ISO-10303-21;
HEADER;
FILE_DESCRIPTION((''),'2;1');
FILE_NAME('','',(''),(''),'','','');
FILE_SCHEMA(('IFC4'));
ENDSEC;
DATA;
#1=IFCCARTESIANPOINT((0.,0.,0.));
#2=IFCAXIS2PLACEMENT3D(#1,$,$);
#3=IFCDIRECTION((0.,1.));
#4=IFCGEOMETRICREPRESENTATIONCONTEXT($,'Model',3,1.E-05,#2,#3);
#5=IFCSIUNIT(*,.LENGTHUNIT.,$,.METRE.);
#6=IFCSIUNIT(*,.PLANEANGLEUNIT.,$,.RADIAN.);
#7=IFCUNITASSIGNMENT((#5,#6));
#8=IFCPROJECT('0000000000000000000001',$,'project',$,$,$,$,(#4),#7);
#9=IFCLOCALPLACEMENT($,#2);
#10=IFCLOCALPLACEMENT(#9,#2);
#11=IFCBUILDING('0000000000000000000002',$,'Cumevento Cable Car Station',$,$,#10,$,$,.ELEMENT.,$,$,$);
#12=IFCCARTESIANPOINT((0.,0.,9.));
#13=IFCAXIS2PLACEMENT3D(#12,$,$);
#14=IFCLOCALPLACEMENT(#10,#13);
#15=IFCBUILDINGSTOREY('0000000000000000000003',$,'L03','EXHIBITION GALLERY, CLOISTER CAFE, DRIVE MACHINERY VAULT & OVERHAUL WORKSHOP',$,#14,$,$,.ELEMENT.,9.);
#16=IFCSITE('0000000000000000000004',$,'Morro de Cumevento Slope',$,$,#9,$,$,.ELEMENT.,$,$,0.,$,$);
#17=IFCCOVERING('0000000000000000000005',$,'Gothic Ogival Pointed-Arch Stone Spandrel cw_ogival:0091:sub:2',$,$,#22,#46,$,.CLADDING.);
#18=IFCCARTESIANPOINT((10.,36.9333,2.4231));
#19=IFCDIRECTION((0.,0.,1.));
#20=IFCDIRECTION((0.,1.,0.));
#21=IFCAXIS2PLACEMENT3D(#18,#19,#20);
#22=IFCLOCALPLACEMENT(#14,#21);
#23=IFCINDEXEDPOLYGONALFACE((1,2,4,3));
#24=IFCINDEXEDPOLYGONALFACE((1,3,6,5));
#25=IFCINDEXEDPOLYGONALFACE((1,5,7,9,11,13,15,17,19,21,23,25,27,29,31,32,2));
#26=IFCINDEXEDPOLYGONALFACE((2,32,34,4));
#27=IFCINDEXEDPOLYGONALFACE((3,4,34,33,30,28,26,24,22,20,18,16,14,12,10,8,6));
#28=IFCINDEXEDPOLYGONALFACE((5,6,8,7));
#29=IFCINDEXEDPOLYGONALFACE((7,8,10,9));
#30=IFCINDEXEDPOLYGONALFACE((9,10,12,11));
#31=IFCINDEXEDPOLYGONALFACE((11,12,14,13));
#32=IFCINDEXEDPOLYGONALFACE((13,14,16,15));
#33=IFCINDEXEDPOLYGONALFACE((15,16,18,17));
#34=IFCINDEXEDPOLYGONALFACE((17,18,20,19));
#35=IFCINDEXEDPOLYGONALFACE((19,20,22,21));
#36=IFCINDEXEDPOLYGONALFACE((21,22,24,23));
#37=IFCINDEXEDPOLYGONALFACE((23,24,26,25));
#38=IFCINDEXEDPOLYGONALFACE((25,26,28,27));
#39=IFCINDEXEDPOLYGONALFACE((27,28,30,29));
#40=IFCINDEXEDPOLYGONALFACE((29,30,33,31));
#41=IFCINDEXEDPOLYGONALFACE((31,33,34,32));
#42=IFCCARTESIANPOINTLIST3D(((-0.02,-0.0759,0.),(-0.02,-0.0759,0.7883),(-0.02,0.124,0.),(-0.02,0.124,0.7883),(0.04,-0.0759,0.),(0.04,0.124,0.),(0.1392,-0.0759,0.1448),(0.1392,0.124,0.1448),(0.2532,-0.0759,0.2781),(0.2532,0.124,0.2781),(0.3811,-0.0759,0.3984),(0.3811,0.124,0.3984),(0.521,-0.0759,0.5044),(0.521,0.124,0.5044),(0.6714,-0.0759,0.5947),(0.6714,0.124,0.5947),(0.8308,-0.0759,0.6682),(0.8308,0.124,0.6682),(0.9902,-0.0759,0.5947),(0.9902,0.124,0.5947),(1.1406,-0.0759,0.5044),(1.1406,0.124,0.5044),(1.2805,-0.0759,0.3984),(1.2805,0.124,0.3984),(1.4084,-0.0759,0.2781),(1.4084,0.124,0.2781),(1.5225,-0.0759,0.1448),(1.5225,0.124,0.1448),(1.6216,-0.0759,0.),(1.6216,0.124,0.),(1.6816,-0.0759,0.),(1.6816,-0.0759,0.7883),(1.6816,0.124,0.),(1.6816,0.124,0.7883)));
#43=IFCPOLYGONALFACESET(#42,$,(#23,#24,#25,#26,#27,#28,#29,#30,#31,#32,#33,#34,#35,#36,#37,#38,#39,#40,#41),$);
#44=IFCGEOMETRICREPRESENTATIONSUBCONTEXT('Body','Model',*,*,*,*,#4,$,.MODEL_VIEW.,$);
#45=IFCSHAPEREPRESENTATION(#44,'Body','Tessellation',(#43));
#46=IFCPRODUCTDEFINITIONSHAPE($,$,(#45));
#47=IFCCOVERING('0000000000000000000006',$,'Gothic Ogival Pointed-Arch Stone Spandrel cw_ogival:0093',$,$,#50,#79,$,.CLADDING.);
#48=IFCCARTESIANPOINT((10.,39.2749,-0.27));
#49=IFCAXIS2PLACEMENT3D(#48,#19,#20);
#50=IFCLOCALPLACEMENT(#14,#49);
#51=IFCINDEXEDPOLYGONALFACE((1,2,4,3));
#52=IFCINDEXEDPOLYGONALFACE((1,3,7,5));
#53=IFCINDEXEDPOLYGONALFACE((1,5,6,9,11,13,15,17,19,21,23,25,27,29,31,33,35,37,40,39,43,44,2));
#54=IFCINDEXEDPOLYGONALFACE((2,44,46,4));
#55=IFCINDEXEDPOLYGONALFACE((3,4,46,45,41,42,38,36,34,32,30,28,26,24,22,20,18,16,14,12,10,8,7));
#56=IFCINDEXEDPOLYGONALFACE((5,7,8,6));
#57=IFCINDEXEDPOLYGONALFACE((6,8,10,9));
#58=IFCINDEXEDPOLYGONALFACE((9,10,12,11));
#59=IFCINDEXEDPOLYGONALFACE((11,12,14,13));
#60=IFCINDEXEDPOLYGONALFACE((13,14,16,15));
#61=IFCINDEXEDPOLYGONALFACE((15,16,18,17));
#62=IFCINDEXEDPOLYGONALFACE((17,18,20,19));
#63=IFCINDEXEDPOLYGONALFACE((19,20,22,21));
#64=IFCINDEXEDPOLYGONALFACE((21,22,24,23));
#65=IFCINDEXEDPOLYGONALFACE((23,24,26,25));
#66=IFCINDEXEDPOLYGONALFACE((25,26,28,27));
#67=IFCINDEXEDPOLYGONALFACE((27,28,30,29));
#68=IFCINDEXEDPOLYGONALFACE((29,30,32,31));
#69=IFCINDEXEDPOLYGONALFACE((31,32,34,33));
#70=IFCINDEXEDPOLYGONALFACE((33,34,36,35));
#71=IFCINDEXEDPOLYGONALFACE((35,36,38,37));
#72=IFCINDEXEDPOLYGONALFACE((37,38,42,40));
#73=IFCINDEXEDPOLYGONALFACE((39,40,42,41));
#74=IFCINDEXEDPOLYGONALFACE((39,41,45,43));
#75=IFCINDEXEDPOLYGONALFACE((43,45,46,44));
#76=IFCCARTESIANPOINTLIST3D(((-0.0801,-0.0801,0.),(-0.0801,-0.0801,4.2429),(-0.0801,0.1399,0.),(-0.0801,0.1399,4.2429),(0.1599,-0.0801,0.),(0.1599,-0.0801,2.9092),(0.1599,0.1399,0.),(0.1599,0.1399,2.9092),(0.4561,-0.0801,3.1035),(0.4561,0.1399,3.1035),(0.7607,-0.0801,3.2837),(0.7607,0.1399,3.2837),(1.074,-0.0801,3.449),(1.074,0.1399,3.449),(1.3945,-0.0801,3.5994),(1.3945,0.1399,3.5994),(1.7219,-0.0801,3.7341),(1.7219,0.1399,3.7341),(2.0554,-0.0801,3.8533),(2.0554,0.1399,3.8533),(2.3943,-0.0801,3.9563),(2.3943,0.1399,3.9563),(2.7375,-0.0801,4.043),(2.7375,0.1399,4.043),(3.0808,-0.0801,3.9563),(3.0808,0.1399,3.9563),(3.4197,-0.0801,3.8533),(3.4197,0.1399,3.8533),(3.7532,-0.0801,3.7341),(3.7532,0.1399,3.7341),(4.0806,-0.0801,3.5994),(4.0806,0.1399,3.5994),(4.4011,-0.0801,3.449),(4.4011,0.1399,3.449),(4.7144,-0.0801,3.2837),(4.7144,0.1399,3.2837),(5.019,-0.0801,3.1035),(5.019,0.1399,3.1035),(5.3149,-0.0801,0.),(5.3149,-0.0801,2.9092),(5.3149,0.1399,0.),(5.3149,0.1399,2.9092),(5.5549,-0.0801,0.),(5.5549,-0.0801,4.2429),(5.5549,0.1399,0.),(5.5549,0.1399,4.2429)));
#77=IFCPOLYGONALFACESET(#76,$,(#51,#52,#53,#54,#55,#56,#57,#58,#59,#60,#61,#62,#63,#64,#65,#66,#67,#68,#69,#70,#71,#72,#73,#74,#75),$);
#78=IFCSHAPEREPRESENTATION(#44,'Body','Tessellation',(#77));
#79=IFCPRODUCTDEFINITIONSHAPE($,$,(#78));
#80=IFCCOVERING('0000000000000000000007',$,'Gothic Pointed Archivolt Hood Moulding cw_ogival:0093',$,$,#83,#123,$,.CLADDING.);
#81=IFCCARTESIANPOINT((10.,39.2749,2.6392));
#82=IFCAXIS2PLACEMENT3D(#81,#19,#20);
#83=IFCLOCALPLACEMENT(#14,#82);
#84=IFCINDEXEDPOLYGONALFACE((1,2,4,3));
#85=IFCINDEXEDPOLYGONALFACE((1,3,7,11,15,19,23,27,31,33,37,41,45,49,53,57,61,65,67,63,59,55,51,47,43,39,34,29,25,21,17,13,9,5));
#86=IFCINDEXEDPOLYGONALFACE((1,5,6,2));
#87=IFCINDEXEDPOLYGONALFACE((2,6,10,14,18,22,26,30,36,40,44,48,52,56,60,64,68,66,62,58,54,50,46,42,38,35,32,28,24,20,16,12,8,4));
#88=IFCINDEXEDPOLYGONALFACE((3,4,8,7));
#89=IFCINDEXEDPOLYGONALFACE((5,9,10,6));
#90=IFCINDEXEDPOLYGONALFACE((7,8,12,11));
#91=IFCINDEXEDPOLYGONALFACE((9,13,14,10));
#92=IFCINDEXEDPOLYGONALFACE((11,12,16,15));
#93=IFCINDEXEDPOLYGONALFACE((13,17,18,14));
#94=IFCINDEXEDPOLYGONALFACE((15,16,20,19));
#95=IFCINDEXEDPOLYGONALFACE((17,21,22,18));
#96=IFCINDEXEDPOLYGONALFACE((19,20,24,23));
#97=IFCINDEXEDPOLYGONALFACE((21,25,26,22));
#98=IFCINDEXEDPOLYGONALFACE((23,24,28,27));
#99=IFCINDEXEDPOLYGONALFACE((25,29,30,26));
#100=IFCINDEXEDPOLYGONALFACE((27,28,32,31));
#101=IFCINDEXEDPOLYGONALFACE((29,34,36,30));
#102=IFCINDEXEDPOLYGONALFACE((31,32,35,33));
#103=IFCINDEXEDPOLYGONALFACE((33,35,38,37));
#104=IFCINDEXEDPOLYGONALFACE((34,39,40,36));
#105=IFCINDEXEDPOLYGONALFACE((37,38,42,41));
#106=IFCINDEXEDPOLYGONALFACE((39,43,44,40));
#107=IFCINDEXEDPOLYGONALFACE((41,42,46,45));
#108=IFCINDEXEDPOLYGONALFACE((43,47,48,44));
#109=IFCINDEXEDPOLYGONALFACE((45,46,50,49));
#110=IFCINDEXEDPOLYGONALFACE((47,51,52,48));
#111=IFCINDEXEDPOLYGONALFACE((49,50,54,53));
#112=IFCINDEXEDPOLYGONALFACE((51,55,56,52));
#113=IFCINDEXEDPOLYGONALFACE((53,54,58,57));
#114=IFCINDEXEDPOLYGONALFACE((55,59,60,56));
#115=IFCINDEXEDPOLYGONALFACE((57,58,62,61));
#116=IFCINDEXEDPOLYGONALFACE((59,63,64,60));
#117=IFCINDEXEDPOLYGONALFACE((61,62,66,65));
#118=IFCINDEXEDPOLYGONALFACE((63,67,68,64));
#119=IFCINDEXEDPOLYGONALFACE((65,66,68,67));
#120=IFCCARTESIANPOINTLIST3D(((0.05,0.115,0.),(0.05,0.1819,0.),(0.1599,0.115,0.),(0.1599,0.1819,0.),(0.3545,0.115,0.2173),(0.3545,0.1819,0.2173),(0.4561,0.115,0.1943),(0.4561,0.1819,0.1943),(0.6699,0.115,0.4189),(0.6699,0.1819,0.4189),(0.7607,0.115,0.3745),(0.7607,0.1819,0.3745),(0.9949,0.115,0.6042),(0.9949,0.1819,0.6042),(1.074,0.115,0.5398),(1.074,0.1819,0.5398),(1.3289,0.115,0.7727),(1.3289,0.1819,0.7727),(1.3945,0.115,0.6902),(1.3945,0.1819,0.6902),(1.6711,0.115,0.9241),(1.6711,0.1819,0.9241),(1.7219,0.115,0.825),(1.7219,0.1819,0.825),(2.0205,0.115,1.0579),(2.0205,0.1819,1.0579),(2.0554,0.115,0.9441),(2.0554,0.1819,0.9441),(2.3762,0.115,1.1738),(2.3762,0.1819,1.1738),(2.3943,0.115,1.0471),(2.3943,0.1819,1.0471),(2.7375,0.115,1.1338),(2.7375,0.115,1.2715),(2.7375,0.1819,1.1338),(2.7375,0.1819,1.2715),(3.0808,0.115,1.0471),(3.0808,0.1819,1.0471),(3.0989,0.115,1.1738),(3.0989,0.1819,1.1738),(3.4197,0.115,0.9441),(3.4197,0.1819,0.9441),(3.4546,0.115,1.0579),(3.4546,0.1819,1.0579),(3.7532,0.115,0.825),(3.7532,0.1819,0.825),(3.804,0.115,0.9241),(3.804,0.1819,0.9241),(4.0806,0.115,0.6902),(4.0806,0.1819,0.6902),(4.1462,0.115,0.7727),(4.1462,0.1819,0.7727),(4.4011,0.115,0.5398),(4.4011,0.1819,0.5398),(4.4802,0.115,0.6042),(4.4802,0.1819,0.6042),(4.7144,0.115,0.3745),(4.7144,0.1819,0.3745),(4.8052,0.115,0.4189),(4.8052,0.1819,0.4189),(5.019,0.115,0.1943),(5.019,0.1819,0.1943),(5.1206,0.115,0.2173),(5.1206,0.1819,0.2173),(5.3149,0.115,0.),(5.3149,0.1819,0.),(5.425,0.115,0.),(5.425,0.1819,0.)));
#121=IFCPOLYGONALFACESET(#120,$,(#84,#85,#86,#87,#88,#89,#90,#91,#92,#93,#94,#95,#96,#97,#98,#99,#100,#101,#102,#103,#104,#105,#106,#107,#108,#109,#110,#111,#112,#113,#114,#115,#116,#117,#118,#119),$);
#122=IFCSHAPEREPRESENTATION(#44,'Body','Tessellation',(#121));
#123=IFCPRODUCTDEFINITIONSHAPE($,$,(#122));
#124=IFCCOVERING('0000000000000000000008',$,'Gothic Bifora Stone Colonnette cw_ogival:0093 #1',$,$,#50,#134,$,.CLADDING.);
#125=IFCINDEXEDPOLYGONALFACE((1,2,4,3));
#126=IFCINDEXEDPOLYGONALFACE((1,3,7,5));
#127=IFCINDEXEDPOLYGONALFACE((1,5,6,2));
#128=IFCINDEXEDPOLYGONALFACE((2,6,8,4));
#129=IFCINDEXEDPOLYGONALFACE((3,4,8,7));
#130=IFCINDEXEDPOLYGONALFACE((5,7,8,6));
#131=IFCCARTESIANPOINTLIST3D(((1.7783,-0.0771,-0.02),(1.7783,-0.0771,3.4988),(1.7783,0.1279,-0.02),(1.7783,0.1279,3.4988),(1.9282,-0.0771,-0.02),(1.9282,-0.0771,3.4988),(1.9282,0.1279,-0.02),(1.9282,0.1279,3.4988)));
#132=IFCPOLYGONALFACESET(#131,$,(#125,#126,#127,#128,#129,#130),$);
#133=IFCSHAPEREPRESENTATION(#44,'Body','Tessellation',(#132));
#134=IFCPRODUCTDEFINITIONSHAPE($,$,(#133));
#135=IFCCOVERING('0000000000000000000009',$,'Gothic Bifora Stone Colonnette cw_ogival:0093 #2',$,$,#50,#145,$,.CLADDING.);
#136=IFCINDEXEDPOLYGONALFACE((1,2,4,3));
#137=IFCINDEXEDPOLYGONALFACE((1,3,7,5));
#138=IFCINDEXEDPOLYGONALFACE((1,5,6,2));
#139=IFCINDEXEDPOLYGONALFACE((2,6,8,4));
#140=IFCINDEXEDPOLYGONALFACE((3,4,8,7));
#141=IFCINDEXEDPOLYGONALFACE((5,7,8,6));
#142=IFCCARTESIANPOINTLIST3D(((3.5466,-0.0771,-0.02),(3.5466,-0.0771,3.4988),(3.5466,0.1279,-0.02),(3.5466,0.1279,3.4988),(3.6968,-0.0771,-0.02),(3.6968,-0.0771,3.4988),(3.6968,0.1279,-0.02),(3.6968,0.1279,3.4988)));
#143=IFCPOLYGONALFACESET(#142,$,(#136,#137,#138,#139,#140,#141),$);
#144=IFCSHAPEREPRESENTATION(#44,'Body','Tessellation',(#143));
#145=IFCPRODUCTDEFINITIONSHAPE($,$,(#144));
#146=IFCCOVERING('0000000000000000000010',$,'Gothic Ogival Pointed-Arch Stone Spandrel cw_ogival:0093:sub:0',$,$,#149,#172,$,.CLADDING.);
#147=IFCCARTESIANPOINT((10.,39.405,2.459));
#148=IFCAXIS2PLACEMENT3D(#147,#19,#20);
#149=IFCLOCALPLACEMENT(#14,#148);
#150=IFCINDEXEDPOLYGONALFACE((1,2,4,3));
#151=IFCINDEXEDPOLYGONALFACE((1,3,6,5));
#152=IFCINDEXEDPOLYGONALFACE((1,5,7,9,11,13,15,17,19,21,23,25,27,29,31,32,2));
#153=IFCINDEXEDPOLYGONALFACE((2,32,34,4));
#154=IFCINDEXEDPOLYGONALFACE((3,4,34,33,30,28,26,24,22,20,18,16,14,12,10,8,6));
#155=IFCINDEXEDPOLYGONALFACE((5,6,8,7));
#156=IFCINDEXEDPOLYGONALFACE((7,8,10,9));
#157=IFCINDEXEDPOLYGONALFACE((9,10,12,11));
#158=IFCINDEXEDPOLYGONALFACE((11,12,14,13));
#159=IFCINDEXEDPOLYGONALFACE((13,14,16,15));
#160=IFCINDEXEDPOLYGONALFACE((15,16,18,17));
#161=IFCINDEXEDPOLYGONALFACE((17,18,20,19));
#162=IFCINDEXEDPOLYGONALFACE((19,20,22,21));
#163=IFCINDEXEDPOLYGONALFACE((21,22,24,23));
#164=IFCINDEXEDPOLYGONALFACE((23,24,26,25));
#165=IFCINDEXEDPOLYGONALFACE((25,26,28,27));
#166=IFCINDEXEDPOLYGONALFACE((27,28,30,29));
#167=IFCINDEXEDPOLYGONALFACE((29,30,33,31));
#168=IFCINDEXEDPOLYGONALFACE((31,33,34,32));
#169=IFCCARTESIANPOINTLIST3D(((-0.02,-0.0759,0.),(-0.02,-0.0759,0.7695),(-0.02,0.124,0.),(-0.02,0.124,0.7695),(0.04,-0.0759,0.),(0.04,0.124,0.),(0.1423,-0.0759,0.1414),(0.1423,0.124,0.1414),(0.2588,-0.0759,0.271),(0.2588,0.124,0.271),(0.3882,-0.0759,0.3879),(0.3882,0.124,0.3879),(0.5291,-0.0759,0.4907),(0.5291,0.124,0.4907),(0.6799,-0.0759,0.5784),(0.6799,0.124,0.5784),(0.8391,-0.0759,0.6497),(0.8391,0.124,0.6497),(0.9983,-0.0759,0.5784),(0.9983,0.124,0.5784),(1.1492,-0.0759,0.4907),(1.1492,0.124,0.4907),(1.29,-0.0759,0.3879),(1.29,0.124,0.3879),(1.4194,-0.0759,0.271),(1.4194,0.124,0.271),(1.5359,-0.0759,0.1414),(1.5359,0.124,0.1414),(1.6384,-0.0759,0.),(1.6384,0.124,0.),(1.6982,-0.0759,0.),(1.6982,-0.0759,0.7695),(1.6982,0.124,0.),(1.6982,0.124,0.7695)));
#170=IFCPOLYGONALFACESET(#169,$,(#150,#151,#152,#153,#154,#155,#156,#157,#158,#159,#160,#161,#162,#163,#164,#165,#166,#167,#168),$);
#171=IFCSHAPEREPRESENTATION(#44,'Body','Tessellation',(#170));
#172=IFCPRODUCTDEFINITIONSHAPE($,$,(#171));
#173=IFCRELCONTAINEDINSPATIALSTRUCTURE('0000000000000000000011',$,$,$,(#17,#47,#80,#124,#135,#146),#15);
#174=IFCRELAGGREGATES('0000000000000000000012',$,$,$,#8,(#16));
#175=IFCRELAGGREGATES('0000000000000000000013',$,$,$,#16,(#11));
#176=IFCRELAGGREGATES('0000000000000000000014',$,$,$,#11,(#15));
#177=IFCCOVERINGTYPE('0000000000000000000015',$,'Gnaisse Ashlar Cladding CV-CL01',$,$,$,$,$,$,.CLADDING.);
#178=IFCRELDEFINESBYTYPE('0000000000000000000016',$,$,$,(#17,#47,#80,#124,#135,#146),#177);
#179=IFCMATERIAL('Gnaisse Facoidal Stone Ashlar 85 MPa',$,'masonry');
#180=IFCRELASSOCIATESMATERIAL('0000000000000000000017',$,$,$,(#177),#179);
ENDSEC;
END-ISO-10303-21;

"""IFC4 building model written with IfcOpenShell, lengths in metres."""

from ifc_helpers import new_model, si_unit, direction, frame, origin, place, context, subcontext, project, spatial, polyline, outline, extrude, material, type_object, element, save


model = new_model("IFC4")

# Units and contexts
model_context = context("Model", 3, precision=1e-05, world=origin(), true_north=direction((0.0, 1.0)))
body_context = subcontext(model_context, "Body", "Model", "MODEL_VIEW")
ifc_project = project(units=[si_unit("LENGTHUNIT", "METRE"), si_unit("PLANEANGLEUNIT", "RADIAN")], contexts=[model_context])

# Site, building, storey
site_placement = place(None, origin())
site = spatial("IfcSite", under=ifc_project, at=site_placement, Name="Morro de Cumevento Slope", CompositionType="ELEMENT", RefElevation=0.0)
building_placement = place(site_placement, origin())
building = spatial("IfcBuilding", under=site, at=building_placement, Name="Cumevento Cable Car Station", CompositionType="ELEMENT")
storey_placement = place(building_placement, frame((0.0, 0.0, 9.0)))
storey = spatial("IfcBuildingStorey", under=building, at=storey_placement, Name="L03", Description="EXHIBITION GALLERY, CLOISTER CAFE, DRIVE MACHINERY VAULT & OVERHAUL WORKSHOP", CompositionType="ELEMENT", Elevation=9.0)

# Coverings
ifc_material_1 = material(Name="Gnaisse Facoidal Stone Ashlar 85 MPa", Category="masonry")
covering_type = type_object("IfcCoveringType", Name="Gnaisse Ashlar Cladding CV-CL01", PredefinedType="CLADDING", material=ifc_material_1)
covering_1_placement = place(storey_placement, frame((10.0, 36.9333, 2.4231), z_axis=(0.0, 0.0, 1.0), x_axis=(0.0, 1.0, 0.0)))
element("IfcCovering", 1, at=covering_1_placement, inside=storey, type_object=covering_type, Name="Gothic Ogival Pointed-Arch Stone Spandrel cw_ogival:0091:sub:2", PredefinedType="CLADDING", context=body_context, shape_type="SweptSolid", body=[
    extrude(outline(polyline([(-0.02, 0.0), (-0.02, 0.7883), (1.6816, 0.7883), (1.6816, 0.0), (1.6216, 0.0), (1.5225, 0.1448), (1.4084, 0.2781), (1.2805, 0.3984), (1.1406, 0.5044), (0.9902, 0.5947), (0.8308, 0.6682), (0.6714, 0.5947), (0.521, 0.5044), (0.3811, 0.3984), (0.2532, 0.2781), (0.1392, 0.1448), (0.04, 0.0), (-0.02, 0.0)])), frame((0.0, 0.124, 0.0), z_axis=(0.0, -1.0, 0.0), x_axis=(1.0, 0.0, 0.0)), (0.0, 0.0, 1.0), 0.2),
])
placement = place(storey_placement, frame((10.0, 39.2749, -0.27), z_axis=(0.0, 0.0, 1.0), x_axis=(0.0, 1.0, 0.0)))
element("IfcCovering", 2, at=placement, inside=storey, type_object=covering_type, Name="Gothic Ogival Pointed-Arch Stone Spandrel cw_ogival:0093", PredefinedType="CLADDING", context=body_context, shape_type="SweptSolid", body=[
    extrude(outline(polyline([(-0.0801, 0.0), (-0.0801, 4.2429), (5.5549, 4.2429), (5.5549, 0.0), (5.3149, 0.0), (5.3149, 2.9092), (5.019, 3.1035), (4.7144, 3.2837), (4.4011, 3.449), (4.0806, 3.5994), (3.7532, 3.7341), (3.4197, 3.8533), (3.0808, 3.9563), (2.7375, 4.043), (2.3943, 3.9563), (2.0554, 3.8533), (1.7219, 3.7341), (1.3945, 3.5994), (1.074, 3.449), (0.7607, 3.2837), (0.4561, 3.1035), (0.1599, 2.9092), (0.1599, 0.0), (-0.0801, 0.0)])), frame((0.0, 0.1399, 0.0), z_axis=(0.0, -1.0, 0.0), x_axis=(1.0, 0.0, 0.0)), (0.0, 0.0, 1.0), 0.22),
])
covering_2_placement = place(storey_placement, frame((10.0, 39.2749, 2.6392), z_axis=(0.0, 0.0, 1.0), x_axis=(0.0, 1.0, 0.0)))
element("IfcCovering", 3, at=covering_2_placement, inside=storey, type_object=covering_type, Name="Gothic Pointed Archivolt Hood Moulding cw_ogival:0093", PredefinedType="CLADDING", context=body_context, shape_type="SweptSolid", body=[
    extrude(outline(polyline([(0.1599, 0.0), (0.4561, 0.1943), (0.7607, 0.3745), (1.074, 0.5398), (1.3945, 0.6902), (1.7219, 0.825), (2.0554, 0.9441), (2.3943, 1.0471), (2.7375, 1.1338), (3.0808, 1.0471), (3.4197, 0.9441), (3.7532, 0.825), (4.0806, 0.6902), (4.4011, 0.5398), (4.7144, 0.3745), (5.019, 0.1943), (5.3149, 0.0), (5.425, 0.0), (5.1206, 0.2173), (4.8052, 0.4189), (4.4802, 0.6042), (4.1462, 0.7727), (3.804, 0.9241), (3.4546, 1.0579), (3.0989, 1.1738), (2.7375, 1.2715), (2.3762, 1.1738), (2.0205, 1.0579), (1.6711, 0.9241), (1.3289, 0.7727), (0.9949, 0.6042), (0.6699, 0.4189), (0.3545, 0.2173), (0.05, 0.0), (0.1599, 0.0)])), frame((0.0, 0.1819, 0.0), z_axis=(0.0, -1.0, 0.0), x_axis=(1.0, 0.0, 0.0)), (0.0, 0.0, 1.0), 0.0669),
])
element("IfcCovering", 4, at=placement, inside=storey, type_object=covering_type, Name="Gothic Bifora Stone Colonnette cw_ogival:0093 #1", PredefinedType="CLADDING", context=body_context, shape_type="SweptSolid", body=[
    extrude(outline(polyline([(1.7783, -0.02), (1.9282, -0.02), (1.9282, 3.4988), (1.7783, 3.4988), (1.7783, -0.02)])), frame((0.0, 0.1279, 0.0), z_axis=(0.0, -1.0, 0.0), x_axis=(1.0, 0.0, 0.0)), (0.0, 0.0, 1.0), 0.2051),
])
element("IfcCovering", 5, at=placement, inside=storey, type_object=covering_type, Name="Gothic Bifora Stone Colonnette cw_ogival:0093 #2", PredefinedType="CLADDING", context=body_context, shape_type="SweptSolid", body=[
    extrude(outline(polyline([(3.5466, -0.02), (3.6968, -0.02), (3.6968, 3.4988), (3.5466, 3.4988), (3.5466, -0.02)])), frame((0.0, 0.1279, 0.0), z_axis=(0.0, -1.0, 0.0), x_axis=(1.0, 0.0, 0.0)), (0.0, 0.0, 1.0), 0.2051),
])
for number, where, z_axis, x_axis, name in (
    (6, (10.0, 39.405, 2.459), (0.0, 0.0, 1.0), (0.0, 1.0, 0.0), "Gothic Ogival Pointed-Arch Stone Spandrel cw_ogival:0093:sub:0"),
):
    element("IfcCovering", number, at=place(storey_placement, frame(where, z_axis=z_axis, x_axis=x_axis)), inside=storey, type_object=covering_type, Name=name, PredefinedType="CLADDING", context=body_context, shape_type="SweptSolid", body=[
        extrude(outline(polyline([(-0.02, 0.0), (-0.02, 0.7695), (1.6982, 0.7695), (1.6982, 0.0), (1.6384, 0.0), (1.5359, 0.1414), (1.4194, 0.271), (1.29, 0.3879), (1.1492, 0.4907), (0.9983, 0.5784), (0.8391, 0.6497), (0.6799, 0.5784), (0.5291, 0.4907), (0.3882, 0.3879), (0.2588, 0.271), (0.1423, 0.1414), (0.04, 0.0), (-0.02, 0.0)])), frame((0.0, 0.124, 0.0), z_axis=(0.0, -1.0, 0.0), x_axis=(1.0, 0.0, 0.0)), (0.0, 0.0, 1.0), 0.2),
    ])

save(model, "model.ifc")
